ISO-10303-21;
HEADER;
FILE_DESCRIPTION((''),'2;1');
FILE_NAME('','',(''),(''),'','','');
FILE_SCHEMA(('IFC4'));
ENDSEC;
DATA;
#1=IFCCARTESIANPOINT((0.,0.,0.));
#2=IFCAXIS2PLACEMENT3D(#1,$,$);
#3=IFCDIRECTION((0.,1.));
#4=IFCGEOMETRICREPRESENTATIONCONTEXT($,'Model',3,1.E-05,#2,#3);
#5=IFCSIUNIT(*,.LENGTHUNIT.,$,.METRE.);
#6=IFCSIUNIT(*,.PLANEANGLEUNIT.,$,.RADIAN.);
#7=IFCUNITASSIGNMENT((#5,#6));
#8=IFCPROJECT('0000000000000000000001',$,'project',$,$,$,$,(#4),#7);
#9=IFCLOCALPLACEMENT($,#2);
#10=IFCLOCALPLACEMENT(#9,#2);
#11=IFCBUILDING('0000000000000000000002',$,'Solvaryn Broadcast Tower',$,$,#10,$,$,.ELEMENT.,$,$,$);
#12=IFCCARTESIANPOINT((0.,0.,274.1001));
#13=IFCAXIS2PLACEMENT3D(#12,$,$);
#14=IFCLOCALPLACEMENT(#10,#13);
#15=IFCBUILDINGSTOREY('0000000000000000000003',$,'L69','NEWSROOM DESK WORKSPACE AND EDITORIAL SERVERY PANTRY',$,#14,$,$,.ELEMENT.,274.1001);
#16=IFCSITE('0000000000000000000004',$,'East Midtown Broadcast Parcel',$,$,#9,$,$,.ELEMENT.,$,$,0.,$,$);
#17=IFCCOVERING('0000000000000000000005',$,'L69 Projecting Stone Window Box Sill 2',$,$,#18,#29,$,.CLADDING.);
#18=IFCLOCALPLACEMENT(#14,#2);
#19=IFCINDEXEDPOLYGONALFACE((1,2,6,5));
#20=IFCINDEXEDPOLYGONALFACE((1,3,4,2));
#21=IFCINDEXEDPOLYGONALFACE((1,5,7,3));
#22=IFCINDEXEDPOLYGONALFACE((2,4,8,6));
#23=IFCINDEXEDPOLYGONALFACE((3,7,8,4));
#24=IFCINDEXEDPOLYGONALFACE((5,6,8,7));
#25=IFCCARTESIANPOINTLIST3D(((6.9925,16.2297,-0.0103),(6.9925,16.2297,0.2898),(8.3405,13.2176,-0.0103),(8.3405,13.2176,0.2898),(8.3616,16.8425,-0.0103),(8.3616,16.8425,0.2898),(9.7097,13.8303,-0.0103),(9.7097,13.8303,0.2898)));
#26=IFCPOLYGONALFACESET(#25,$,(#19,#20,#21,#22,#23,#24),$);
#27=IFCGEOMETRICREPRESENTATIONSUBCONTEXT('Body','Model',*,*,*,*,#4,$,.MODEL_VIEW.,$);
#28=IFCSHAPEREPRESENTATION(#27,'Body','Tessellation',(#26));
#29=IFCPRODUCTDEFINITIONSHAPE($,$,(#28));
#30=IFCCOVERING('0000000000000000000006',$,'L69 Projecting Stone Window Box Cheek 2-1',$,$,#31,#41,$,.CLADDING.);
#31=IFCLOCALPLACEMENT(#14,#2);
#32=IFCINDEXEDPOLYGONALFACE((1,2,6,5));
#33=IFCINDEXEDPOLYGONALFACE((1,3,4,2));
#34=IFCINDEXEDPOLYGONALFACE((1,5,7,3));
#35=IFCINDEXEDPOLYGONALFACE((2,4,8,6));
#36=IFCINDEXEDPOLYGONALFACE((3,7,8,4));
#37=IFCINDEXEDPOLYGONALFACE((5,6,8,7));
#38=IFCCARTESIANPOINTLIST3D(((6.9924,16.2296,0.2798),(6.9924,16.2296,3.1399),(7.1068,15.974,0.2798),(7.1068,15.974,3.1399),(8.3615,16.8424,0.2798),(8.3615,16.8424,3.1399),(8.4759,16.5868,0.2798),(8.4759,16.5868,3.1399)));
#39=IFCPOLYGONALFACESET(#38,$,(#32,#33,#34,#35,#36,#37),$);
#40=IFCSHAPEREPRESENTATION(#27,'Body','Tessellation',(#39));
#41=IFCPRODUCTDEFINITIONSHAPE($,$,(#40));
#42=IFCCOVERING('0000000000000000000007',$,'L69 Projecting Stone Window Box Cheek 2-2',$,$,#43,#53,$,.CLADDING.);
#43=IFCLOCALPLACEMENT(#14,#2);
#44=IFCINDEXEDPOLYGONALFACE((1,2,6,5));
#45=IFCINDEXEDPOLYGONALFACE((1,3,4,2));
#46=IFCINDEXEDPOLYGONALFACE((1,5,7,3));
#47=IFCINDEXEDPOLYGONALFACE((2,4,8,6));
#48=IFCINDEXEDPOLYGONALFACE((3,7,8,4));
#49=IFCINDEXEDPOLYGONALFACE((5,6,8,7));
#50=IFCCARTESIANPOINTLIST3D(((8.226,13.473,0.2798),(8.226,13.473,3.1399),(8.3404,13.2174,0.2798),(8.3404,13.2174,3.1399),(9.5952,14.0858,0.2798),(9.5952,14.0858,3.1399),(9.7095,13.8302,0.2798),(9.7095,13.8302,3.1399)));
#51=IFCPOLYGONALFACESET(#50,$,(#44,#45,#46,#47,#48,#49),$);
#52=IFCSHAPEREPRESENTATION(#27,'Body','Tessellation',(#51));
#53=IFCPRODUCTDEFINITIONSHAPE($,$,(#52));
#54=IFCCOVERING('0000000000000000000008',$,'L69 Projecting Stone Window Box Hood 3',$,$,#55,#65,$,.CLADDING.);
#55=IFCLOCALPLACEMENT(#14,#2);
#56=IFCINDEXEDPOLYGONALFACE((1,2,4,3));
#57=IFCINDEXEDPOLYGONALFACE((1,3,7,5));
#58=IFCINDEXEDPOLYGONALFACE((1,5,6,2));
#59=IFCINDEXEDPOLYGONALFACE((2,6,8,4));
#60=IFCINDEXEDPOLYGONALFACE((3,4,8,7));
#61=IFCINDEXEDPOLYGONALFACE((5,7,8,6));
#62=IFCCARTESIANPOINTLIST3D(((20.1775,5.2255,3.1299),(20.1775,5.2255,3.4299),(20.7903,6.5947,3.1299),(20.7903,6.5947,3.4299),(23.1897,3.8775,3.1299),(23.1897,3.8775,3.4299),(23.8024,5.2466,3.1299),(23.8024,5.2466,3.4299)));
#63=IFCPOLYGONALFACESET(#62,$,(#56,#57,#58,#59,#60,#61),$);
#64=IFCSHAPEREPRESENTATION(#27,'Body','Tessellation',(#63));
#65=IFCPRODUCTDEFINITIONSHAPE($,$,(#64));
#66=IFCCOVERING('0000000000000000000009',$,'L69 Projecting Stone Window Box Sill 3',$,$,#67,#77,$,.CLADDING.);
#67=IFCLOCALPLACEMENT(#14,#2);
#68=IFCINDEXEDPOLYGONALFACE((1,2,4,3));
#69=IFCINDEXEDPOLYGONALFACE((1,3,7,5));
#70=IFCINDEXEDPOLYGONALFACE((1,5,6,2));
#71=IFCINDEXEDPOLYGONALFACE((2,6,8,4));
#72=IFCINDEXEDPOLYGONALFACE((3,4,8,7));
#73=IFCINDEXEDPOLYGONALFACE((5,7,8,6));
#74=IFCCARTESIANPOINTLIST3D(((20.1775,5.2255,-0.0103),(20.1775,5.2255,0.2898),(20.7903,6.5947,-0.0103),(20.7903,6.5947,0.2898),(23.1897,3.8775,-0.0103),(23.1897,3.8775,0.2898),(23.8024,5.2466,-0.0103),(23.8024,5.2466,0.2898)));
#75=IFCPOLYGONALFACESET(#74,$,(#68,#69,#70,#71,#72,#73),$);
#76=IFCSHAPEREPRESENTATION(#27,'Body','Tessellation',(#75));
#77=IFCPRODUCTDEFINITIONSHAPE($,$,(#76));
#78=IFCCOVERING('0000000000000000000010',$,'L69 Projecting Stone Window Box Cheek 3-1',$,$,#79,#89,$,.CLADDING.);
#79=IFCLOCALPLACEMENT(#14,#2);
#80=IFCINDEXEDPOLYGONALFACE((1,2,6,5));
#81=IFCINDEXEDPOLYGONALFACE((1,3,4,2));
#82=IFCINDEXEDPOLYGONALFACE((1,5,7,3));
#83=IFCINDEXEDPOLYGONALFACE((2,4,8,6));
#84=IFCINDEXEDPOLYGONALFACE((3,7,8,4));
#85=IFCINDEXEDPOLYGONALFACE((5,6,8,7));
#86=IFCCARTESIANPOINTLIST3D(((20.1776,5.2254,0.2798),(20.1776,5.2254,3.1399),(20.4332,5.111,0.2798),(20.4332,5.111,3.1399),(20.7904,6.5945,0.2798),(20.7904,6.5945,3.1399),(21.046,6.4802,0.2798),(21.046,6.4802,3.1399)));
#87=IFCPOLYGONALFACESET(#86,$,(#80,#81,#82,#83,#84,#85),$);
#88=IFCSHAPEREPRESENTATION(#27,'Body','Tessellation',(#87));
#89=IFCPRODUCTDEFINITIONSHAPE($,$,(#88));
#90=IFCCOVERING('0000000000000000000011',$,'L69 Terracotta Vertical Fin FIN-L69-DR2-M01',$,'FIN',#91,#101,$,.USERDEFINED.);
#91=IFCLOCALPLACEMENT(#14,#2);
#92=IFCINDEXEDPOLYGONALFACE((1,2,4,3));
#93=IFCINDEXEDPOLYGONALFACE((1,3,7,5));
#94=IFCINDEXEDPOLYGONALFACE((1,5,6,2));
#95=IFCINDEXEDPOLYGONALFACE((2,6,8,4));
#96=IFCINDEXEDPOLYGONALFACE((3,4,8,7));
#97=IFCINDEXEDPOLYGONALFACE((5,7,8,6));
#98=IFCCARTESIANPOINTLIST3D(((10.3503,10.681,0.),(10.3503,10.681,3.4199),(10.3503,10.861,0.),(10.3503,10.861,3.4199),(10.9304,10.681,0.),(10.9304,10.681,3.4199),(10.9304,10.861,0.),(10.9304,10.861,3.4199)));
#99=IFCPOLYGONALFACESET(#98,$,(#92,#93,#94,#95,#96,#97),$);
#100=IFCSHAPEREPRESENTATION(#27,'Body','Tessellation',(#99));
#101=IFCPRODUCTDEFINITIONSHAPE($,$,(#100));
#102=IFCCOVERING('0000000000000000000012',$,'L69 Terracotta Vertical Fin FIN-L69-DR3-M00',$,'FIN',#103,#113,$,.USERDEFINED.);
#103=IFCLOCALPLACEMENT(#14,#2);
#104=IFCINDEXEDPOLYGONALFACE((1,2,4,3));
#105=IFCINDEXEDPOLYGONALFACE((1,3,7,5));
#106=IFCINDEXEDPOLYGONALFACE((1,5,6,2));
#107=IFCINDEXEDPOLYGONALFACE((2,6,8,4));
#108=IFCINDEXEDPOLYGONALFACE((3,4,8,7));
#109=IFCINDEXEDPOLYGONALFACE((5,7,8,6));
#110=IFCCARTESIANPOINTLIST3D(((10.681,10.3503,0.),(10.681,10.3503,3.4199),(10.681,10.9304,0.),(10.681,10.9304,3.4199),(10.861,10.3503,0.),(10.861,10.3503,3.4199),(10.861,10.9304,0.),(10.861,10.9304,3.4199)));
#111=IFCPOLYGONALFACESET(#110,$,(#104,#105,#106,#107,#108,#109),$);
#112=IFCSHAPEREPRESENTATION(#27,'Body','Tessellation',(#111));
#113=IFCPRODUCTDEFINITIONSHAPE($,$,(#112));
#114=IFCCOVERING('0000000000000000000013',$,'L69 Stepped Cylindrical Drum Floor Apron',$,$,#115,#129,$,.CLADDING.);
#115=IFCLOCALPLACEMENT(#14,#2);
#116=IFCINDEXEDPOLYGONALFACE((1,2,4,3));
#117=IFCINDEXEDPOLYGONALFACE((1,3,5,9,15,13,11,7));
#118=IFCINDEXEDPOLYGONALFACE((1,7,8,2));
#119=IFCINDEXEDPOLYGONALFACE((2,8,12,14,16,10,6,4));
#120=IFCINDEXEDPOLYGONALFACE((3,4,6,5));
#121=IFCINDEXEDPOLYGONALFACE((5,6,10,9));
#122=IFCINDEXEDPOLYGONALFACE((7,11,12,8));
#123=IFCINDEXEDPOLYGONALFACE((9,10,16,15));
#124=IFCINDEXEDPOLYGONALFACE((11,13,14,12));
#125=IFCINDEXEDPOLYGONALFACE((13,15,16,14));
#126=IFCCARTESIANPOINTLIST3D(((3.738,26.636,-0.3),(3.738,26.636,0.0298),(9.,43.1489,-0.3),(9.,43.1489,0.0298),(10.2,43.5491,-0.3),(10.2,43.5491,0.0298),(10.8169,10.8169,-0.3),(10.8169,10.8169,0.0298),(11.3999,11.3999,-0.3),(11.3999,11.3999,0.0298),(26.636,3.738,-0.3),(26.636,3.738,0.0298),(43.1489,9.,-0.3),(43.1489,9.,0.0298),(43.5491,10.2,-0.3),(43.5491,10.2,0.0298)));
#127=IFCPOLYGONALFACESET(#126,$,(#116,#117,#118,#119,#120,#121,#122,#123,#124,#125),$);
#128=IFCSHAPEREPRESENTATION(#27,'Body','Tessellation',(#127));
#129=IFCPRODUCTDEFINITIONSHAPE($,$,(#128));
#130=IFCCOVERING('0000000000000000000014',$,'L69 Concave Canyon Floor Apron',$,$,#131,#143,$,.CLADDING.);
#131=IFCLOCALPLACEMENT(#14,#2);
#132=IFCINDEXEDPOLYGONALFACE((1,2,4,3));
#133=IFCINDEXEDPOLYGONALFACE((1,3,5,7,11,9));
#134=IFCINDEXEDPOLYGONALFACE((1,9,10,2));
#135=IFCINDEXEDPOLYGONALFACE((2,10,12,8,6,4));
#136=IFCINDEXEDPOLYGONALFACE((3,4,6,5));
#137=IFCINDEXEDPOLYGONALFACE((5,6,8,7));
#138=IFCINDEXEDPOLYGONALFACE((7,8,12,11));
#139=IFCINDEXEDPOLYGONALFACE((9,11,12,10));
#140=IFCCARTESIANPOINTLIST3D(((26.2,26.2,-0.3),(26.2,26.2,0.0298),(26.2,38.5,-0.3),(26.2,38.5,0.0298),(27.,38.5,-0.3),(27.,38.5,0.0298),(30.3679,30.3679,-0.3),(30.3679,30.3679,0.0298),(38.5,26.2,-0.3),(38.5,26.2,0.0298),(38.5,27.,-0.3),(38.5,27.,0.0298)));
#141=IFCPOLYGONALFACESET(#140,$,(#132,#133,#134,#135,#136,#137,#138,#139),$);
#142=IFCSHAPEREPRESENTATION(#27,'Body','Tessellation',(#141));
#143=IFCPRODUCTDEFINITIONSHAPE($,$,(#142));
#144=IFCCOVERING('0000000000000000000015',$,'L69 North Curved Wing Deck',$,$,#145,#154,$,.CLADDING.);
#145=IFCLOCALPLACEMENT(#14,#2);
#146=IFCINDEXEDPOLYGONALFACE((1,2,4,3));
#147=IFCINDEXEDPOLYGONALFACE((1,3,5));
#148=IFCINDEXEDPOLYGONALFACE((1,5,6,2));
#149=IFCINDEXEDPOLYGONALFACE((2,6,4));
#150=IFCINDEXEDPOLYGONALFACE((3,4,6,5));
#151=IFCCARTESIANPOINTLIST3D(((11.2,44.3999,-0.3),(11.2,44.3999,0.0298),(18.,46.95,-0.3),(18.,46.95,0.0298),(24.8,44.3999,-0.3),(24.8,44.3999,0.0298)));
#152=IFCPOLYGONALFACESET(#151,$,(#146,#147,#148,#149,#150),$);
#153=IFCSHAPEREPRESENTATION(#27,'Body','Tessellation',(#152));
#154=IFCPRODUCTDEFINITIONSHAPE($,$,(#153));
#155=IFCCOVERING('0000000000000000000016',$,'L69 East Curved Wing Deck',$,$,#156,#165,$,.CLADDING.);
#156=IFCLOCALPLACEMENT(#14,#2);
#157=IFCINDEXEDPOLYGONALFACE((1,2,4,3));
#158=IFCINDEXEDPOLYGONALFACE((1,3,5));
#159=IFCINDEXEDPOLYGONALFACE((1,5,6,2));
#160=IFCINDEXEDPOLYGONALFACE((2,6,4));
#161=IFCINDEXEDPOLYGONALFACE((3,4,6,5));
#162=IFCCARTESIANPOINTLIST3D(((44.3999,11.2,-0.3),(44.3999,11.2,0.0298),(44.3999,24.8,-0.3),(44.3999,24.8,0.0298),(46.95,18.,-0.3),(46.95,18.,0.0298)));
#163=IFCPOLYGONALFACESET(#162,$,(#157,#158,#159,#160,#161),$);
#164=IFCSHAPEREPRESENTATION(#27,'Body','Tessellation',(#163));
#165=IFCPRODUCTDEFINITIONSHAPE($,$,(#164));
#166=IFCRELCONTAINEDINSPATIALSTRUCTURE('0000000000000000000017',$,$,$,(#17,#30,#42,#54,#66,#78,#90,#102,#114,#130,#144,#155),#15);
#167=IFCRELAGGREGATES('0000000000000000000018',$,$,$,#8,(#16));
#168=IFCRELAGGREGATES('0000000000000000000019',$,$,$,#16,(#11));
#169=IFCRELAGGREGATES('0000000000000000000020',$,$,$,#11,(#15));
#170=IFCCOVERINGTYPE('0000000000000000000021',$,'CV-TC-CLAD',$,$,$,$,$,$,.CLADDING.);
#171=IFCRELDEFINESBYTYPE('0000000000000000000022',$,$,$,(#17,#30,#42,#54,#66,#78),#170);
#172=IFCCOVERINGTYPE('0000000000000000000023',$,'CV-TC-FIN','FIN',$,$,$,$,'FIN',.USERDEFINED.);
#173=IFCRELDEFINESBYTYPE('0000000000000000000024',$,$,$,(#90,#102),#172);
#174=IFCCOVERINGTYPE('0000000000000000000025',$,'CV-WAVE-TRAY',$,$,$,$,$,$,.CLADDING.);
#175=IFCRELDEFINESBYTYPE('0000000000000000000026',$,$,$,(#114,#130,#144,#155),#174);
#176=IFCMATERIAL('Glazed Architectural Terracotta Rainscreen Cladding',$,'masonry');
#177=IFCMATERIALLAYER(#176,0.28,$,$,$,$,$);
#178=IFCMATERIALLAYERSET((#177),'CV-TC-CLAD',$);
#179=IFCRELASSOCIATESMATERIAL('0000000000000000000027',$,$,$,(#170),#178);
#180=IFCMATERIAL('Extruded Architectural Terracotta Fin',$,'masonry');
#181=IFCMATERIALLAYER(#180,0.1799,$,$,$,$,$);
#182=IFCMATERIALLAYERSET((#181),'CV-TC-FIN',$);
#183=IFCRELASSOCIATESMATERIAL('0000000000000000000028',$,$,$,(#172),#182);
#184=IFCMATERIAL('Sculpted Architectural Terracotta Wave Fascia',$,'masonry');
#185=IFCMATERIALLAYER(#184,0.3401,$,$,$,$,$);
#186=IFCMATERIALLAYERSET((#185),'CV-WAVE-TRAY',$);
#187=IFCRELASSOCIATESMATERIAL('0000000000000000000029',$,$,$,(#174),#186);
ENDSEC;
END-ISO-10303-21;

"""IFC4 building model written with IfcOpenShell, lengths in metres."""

from ifc_helpers import new_model, si_unit, direction, frame, origin, origin_2d, place, context, subcontext, project, spatial, polyline, rectangle, outline, extrude, material, layer, layer_set, type_object, element, save


model = new_model("IFC4")

# Units and contexts
model_context = context("Model", 3, precision=1e-05, world=origin(), true_north=direction((0.0, 1.0)))
body_context = subcontext(model_context, "Body", "Model", "MODEL_VIEW")
ifc_project = project(units=[si_unit("LENGTHUNIT", "METRE"), si_unit("PLANEANGLEUNIT", "RADIAN")], contexts=[model_context])

# Site, building, storey
site_placement = place(None, origin())
site = spatial("IfcSite", under=ifc_project, at=site_placement, Name="East Midtown Broadcast Parcel", CompositionType="ELEMENT", RefElevation=0.0)
building_placement = place(site_placement, origin())
building = spatial("IfcBuilding", under=site, at=building_placement, Name="Solvaryn Broadcast Tower", CompositionType="ELEMENT")
storey_placement = place(building_placement, frame((0.0, 0.0, 274.1001)))
storey = spatial("IfcBuildingStorey", under=building, at=storey_placement, Name="L69", Description="NEWSROOM DESK WORKSPACE AND EDITORIAL SERVERY PANTRY", CompositionType="ELEMENT", Elevation=274.1001)

# Coverings
ifc_material_1 = material(Name="Glazed Architectural Terracotta Rainscreen Cladding", Category="masonry")
ifc_layer_1 = layer(ifc_material_1, 0.28)
ifc_layer_set_1 = layer_set([ifc_layer_1], Name="CV-TC-CLAD")
covering_type_1 = type_object("IfcCoveringType", Name="CV-TC-CLAD", PredefinedType="CLADDING", material=ifc_layer_set_1)
for number, where, z_axis, x_axis, name in (
    (1, (8.3511, 15.03, -0.0103), (0.0, 0.0, 1.0), (0.40849, -0.912763, 0.0), "L69 Projecting Stone Window Box Sill 2"),
):
    element("IfcCovering", number, at=place(storey_placement, frame(where, z_axis=z_axis, x_axis=x_axis)), inside=storey, type_object=covering_type_1, Name=name, PredefinedType="CLADDING", context=body_context, shape_type="SweptSolid", body=[
        extrude(rectangle(XDim=3.3, YDim=1.5, at=origin_2d()), origin(), (0.0, 0.0, 1.0), 0.3),
    ])
for number, where, z_axis, x_axis, name in (
    (2, (7.7341, 16.4082, 0.2798), (0.0, 0.0, 1.0), (0.40849, -0.912763, 0.0), "L69 Projecting Stone Window Box Cheek 2-1"),
    (3, (8.9678, 13.6516, 0.2798), (0.0, 0.0, 1.0), (0.40849, -0.912763, 0.0), "L69 Projecting Stone Window Box Cheek 2-2"),
):
    element("IfcCovering", number, at=place(storey_placement, frame(where, z_axis=z_axis, x_axis=x_axis)), inside=storey, type_object=covering_type_1, Name=name, PredefinedType="CLADDING", context=body_context, shape_type="SweptSolid", body=[
        extrude(rectangle(XDim=0.28, YDim=1.5, at=origin_2d()), origin(), (0.0, 0.0, 1.0), 2.8601),
    ])
for number, where, z_axis, x_axis, name in (
    (4, (21.99, 5.2361, 3.1299), (0.0, 0.0, 1.0), (0.912763, -0.40849, 0.0), "L69 Projecting Stone Window Box Hood 3"),
    (5, (21.99, 5.2361, -0.0103), (0.0, 0.0, 1.0), (0.912763, -0.40849, 0.0), "L69 Projecting Stone Window Box Sill 3"),
):
    element("IfcCovering", number, at=place(storey_placement, frame(where, z_axis=z_axis, x_axis=x_axis)), inside=storey, type_object=covering_type_1, Name=name, PredefinedType="CLADDING", context=body_context, shape_type="SweptSolid", body=[
        extrude(rectangle(XDim=3.3, YDim=1.5, at=origin_2d()), origin(), (0.0, 0.0, 1.0), 0.3),
    ])
covering_1_placement = place(storey_placement, frame((20.6118, 5.8528, 0.2798), z_axis=(0.0, 0.0, 1.0), x_axis=(0.912763, -0.40849, 0.0)))
element("IfcCovering", 6, at=covering_1_placement, inside=storey, type_object=covering_type_1, Name="L69 Projecting Stone Window Box Cheek 3-1", PredefinedType="CLADDING", context=body_context, shape_type="SweptSolid", body=[
    extrude(rectangle(XDim=0.28, YDim=1.5, at=origin_2d()), origin(), (0.0, 0.0, 1.0), 2.8601),
])
ifc_material_2 = material(Name="Extruded Architectural Terracotta Fin", Category="masonry")
ifc_layer_2 = layer(ifc_material_2, 0.1799)
ifc_layer_set_2 = layer_set([ifc_layer_2], Name="CV-TC-FIN")
covering_type_2 = type_object("IfcCoveringType", Name="CV-TC-FIN", Description="FIN", ElementType="FIN", PredefinedType="USERDEFINED", material=ifc_layer_set_2)
covering_2_placement = place(storey_placement, frame((10.6404, 10.771, 0.0), z_axis=(0.0, 0.0, 1.0), x_axis=(1.0, 0.0, 0.0)))
element("IfcCovering", 7, at=covering_2_placement, inside=storey, type_object=covering_type_2, Name="L69 Terracotta Vertical Fin FIN-L69-DR2-M01", ObjectType="FIN", PredefinedType="USERDEFINED", context=body_context, shape_type="SweptSolid", body=[
    extrude(rectangle(XDim=0.5801, YDim=0.1799, at=origin_2d()), origin(), (0.0, 0.0, 1.0), 3.4199),
])
covering_3_placement = place(storey_placement, frame((10.771, 10.6404, 0.0), z_axis=(0.0, 0.0, 1.0), x_axis=(1.0, 0.0, 0.0)))
element("IfcCovering", 8, at=covering_3_placement, inside=storey, type_object=covering_type_2, Name="L69 Terracotta Vertical Fin FIN-L69-DR3-M00", ObjectType="FIN", PredefinedType="USERDEFINED", context=body_context, shape_type="SweptSolid", body=[
    extrude(rectangle(XDim=0.1799, YDim=0.5801, at=origin_2d()), origin(), (0.0, 0.0, 1.0), 3.4199),
])
ifc_material_3 = material(Name="Sculpted Architectural Terracotta Wave Fascia", Category="masonry")
ifc_layer_3 = layer(ifc_material_3, 0.3401)
ifc_layer_set_3 = layer_set([ifc_layer_3], Name="CV-WAVE-TRAY")
covering_type_3 = type_object("IfcCoveringType", Name="CV-WAVE-TRAY", PredefinedType="CLADDING", material=ifc_layer_set_3)
covering_4_placement = place(storey_placement, frame((0.0, 0.0, -0.3)))
element("IfcCovering", 9, at=covering_4_placement, inside=storey, type_object=covering_type_3, Name="L69 Stepped Cylindrical Drum Floor Apron", PredefinedType="CLADDING", context=body_context, shape_type="SweptSolid", body=[
    extrude(outline(polyline([(10.2, 43.5491), (9.0, 43.1489), (3.738, 26.636), (10.8169, 10.8169), (26.636, 3.738), (43.1489, 9.0), (43.1489, 9.0), (43.5491, 10.2), (11.3999, 11.3999), (10.2, 43.5491)])), origin(), (0.0, 0.0, 1.0), 0.3298),
])
covering_5_placement = place(storey_placement, frame((0.0, 0.0, -0.3)))
element("IfcCovering", 10, at=covering_5_placement, inside=storey, type_object=covering_type_3, Name="L69 Concave Canyon Floor Apron", PredefinedType="CLADDING", context=body_context, shape_type="SweptSolid", body=[
    extrude(outline(polyline([(26.2, 26.2), (38.5, 26.2), (38.5, 27.0), (30.3679, 30.3679), (27.0, 38.5), (26.2, 38.5), (26.2, 26.2)])), origin(), (0.0, 0.0, 1.0), 0.3298),
])
covering_6_placement = place(storey_placement, frame((0.0, 0.0, -0.3)))
element("IfcCovering", 11, at=covering_6_placement, inside=storey, type_object=covering_type_3, Name="L69 North Curved Wing Deck", PredefinedType="CLADDING", context=body_context, shape_type="SweptSolid", body=[
    extrude(outline(polyline([(11.2, 44.3999), (24.8, 44.3999), (18.0, 46.95), (11.2, 44.3999)])), origin(), (0.0, 0.0, 1.0), 0.3298),
])
covering_7_placement = place(storey_placement, frame((0.0, 0.0, -0.3)))
element("IfcCovering", 12, at=covering_7_placement, inside=storey, type_object=covering_type_3, Name="L69 East Curved Wing Deck", PredefinedType="CLADDING", context=body_context, shape_type="SweptSolid", body=[
    extrude(outline(polyline([(44.3999, 11.2), (46.95, 18.0), (44.3999, 24.8), (44.3999, 11.2)])), origin(), (0.0, 0.0, 1.0), 0.3298),
])

save(model, "model.ifc")
